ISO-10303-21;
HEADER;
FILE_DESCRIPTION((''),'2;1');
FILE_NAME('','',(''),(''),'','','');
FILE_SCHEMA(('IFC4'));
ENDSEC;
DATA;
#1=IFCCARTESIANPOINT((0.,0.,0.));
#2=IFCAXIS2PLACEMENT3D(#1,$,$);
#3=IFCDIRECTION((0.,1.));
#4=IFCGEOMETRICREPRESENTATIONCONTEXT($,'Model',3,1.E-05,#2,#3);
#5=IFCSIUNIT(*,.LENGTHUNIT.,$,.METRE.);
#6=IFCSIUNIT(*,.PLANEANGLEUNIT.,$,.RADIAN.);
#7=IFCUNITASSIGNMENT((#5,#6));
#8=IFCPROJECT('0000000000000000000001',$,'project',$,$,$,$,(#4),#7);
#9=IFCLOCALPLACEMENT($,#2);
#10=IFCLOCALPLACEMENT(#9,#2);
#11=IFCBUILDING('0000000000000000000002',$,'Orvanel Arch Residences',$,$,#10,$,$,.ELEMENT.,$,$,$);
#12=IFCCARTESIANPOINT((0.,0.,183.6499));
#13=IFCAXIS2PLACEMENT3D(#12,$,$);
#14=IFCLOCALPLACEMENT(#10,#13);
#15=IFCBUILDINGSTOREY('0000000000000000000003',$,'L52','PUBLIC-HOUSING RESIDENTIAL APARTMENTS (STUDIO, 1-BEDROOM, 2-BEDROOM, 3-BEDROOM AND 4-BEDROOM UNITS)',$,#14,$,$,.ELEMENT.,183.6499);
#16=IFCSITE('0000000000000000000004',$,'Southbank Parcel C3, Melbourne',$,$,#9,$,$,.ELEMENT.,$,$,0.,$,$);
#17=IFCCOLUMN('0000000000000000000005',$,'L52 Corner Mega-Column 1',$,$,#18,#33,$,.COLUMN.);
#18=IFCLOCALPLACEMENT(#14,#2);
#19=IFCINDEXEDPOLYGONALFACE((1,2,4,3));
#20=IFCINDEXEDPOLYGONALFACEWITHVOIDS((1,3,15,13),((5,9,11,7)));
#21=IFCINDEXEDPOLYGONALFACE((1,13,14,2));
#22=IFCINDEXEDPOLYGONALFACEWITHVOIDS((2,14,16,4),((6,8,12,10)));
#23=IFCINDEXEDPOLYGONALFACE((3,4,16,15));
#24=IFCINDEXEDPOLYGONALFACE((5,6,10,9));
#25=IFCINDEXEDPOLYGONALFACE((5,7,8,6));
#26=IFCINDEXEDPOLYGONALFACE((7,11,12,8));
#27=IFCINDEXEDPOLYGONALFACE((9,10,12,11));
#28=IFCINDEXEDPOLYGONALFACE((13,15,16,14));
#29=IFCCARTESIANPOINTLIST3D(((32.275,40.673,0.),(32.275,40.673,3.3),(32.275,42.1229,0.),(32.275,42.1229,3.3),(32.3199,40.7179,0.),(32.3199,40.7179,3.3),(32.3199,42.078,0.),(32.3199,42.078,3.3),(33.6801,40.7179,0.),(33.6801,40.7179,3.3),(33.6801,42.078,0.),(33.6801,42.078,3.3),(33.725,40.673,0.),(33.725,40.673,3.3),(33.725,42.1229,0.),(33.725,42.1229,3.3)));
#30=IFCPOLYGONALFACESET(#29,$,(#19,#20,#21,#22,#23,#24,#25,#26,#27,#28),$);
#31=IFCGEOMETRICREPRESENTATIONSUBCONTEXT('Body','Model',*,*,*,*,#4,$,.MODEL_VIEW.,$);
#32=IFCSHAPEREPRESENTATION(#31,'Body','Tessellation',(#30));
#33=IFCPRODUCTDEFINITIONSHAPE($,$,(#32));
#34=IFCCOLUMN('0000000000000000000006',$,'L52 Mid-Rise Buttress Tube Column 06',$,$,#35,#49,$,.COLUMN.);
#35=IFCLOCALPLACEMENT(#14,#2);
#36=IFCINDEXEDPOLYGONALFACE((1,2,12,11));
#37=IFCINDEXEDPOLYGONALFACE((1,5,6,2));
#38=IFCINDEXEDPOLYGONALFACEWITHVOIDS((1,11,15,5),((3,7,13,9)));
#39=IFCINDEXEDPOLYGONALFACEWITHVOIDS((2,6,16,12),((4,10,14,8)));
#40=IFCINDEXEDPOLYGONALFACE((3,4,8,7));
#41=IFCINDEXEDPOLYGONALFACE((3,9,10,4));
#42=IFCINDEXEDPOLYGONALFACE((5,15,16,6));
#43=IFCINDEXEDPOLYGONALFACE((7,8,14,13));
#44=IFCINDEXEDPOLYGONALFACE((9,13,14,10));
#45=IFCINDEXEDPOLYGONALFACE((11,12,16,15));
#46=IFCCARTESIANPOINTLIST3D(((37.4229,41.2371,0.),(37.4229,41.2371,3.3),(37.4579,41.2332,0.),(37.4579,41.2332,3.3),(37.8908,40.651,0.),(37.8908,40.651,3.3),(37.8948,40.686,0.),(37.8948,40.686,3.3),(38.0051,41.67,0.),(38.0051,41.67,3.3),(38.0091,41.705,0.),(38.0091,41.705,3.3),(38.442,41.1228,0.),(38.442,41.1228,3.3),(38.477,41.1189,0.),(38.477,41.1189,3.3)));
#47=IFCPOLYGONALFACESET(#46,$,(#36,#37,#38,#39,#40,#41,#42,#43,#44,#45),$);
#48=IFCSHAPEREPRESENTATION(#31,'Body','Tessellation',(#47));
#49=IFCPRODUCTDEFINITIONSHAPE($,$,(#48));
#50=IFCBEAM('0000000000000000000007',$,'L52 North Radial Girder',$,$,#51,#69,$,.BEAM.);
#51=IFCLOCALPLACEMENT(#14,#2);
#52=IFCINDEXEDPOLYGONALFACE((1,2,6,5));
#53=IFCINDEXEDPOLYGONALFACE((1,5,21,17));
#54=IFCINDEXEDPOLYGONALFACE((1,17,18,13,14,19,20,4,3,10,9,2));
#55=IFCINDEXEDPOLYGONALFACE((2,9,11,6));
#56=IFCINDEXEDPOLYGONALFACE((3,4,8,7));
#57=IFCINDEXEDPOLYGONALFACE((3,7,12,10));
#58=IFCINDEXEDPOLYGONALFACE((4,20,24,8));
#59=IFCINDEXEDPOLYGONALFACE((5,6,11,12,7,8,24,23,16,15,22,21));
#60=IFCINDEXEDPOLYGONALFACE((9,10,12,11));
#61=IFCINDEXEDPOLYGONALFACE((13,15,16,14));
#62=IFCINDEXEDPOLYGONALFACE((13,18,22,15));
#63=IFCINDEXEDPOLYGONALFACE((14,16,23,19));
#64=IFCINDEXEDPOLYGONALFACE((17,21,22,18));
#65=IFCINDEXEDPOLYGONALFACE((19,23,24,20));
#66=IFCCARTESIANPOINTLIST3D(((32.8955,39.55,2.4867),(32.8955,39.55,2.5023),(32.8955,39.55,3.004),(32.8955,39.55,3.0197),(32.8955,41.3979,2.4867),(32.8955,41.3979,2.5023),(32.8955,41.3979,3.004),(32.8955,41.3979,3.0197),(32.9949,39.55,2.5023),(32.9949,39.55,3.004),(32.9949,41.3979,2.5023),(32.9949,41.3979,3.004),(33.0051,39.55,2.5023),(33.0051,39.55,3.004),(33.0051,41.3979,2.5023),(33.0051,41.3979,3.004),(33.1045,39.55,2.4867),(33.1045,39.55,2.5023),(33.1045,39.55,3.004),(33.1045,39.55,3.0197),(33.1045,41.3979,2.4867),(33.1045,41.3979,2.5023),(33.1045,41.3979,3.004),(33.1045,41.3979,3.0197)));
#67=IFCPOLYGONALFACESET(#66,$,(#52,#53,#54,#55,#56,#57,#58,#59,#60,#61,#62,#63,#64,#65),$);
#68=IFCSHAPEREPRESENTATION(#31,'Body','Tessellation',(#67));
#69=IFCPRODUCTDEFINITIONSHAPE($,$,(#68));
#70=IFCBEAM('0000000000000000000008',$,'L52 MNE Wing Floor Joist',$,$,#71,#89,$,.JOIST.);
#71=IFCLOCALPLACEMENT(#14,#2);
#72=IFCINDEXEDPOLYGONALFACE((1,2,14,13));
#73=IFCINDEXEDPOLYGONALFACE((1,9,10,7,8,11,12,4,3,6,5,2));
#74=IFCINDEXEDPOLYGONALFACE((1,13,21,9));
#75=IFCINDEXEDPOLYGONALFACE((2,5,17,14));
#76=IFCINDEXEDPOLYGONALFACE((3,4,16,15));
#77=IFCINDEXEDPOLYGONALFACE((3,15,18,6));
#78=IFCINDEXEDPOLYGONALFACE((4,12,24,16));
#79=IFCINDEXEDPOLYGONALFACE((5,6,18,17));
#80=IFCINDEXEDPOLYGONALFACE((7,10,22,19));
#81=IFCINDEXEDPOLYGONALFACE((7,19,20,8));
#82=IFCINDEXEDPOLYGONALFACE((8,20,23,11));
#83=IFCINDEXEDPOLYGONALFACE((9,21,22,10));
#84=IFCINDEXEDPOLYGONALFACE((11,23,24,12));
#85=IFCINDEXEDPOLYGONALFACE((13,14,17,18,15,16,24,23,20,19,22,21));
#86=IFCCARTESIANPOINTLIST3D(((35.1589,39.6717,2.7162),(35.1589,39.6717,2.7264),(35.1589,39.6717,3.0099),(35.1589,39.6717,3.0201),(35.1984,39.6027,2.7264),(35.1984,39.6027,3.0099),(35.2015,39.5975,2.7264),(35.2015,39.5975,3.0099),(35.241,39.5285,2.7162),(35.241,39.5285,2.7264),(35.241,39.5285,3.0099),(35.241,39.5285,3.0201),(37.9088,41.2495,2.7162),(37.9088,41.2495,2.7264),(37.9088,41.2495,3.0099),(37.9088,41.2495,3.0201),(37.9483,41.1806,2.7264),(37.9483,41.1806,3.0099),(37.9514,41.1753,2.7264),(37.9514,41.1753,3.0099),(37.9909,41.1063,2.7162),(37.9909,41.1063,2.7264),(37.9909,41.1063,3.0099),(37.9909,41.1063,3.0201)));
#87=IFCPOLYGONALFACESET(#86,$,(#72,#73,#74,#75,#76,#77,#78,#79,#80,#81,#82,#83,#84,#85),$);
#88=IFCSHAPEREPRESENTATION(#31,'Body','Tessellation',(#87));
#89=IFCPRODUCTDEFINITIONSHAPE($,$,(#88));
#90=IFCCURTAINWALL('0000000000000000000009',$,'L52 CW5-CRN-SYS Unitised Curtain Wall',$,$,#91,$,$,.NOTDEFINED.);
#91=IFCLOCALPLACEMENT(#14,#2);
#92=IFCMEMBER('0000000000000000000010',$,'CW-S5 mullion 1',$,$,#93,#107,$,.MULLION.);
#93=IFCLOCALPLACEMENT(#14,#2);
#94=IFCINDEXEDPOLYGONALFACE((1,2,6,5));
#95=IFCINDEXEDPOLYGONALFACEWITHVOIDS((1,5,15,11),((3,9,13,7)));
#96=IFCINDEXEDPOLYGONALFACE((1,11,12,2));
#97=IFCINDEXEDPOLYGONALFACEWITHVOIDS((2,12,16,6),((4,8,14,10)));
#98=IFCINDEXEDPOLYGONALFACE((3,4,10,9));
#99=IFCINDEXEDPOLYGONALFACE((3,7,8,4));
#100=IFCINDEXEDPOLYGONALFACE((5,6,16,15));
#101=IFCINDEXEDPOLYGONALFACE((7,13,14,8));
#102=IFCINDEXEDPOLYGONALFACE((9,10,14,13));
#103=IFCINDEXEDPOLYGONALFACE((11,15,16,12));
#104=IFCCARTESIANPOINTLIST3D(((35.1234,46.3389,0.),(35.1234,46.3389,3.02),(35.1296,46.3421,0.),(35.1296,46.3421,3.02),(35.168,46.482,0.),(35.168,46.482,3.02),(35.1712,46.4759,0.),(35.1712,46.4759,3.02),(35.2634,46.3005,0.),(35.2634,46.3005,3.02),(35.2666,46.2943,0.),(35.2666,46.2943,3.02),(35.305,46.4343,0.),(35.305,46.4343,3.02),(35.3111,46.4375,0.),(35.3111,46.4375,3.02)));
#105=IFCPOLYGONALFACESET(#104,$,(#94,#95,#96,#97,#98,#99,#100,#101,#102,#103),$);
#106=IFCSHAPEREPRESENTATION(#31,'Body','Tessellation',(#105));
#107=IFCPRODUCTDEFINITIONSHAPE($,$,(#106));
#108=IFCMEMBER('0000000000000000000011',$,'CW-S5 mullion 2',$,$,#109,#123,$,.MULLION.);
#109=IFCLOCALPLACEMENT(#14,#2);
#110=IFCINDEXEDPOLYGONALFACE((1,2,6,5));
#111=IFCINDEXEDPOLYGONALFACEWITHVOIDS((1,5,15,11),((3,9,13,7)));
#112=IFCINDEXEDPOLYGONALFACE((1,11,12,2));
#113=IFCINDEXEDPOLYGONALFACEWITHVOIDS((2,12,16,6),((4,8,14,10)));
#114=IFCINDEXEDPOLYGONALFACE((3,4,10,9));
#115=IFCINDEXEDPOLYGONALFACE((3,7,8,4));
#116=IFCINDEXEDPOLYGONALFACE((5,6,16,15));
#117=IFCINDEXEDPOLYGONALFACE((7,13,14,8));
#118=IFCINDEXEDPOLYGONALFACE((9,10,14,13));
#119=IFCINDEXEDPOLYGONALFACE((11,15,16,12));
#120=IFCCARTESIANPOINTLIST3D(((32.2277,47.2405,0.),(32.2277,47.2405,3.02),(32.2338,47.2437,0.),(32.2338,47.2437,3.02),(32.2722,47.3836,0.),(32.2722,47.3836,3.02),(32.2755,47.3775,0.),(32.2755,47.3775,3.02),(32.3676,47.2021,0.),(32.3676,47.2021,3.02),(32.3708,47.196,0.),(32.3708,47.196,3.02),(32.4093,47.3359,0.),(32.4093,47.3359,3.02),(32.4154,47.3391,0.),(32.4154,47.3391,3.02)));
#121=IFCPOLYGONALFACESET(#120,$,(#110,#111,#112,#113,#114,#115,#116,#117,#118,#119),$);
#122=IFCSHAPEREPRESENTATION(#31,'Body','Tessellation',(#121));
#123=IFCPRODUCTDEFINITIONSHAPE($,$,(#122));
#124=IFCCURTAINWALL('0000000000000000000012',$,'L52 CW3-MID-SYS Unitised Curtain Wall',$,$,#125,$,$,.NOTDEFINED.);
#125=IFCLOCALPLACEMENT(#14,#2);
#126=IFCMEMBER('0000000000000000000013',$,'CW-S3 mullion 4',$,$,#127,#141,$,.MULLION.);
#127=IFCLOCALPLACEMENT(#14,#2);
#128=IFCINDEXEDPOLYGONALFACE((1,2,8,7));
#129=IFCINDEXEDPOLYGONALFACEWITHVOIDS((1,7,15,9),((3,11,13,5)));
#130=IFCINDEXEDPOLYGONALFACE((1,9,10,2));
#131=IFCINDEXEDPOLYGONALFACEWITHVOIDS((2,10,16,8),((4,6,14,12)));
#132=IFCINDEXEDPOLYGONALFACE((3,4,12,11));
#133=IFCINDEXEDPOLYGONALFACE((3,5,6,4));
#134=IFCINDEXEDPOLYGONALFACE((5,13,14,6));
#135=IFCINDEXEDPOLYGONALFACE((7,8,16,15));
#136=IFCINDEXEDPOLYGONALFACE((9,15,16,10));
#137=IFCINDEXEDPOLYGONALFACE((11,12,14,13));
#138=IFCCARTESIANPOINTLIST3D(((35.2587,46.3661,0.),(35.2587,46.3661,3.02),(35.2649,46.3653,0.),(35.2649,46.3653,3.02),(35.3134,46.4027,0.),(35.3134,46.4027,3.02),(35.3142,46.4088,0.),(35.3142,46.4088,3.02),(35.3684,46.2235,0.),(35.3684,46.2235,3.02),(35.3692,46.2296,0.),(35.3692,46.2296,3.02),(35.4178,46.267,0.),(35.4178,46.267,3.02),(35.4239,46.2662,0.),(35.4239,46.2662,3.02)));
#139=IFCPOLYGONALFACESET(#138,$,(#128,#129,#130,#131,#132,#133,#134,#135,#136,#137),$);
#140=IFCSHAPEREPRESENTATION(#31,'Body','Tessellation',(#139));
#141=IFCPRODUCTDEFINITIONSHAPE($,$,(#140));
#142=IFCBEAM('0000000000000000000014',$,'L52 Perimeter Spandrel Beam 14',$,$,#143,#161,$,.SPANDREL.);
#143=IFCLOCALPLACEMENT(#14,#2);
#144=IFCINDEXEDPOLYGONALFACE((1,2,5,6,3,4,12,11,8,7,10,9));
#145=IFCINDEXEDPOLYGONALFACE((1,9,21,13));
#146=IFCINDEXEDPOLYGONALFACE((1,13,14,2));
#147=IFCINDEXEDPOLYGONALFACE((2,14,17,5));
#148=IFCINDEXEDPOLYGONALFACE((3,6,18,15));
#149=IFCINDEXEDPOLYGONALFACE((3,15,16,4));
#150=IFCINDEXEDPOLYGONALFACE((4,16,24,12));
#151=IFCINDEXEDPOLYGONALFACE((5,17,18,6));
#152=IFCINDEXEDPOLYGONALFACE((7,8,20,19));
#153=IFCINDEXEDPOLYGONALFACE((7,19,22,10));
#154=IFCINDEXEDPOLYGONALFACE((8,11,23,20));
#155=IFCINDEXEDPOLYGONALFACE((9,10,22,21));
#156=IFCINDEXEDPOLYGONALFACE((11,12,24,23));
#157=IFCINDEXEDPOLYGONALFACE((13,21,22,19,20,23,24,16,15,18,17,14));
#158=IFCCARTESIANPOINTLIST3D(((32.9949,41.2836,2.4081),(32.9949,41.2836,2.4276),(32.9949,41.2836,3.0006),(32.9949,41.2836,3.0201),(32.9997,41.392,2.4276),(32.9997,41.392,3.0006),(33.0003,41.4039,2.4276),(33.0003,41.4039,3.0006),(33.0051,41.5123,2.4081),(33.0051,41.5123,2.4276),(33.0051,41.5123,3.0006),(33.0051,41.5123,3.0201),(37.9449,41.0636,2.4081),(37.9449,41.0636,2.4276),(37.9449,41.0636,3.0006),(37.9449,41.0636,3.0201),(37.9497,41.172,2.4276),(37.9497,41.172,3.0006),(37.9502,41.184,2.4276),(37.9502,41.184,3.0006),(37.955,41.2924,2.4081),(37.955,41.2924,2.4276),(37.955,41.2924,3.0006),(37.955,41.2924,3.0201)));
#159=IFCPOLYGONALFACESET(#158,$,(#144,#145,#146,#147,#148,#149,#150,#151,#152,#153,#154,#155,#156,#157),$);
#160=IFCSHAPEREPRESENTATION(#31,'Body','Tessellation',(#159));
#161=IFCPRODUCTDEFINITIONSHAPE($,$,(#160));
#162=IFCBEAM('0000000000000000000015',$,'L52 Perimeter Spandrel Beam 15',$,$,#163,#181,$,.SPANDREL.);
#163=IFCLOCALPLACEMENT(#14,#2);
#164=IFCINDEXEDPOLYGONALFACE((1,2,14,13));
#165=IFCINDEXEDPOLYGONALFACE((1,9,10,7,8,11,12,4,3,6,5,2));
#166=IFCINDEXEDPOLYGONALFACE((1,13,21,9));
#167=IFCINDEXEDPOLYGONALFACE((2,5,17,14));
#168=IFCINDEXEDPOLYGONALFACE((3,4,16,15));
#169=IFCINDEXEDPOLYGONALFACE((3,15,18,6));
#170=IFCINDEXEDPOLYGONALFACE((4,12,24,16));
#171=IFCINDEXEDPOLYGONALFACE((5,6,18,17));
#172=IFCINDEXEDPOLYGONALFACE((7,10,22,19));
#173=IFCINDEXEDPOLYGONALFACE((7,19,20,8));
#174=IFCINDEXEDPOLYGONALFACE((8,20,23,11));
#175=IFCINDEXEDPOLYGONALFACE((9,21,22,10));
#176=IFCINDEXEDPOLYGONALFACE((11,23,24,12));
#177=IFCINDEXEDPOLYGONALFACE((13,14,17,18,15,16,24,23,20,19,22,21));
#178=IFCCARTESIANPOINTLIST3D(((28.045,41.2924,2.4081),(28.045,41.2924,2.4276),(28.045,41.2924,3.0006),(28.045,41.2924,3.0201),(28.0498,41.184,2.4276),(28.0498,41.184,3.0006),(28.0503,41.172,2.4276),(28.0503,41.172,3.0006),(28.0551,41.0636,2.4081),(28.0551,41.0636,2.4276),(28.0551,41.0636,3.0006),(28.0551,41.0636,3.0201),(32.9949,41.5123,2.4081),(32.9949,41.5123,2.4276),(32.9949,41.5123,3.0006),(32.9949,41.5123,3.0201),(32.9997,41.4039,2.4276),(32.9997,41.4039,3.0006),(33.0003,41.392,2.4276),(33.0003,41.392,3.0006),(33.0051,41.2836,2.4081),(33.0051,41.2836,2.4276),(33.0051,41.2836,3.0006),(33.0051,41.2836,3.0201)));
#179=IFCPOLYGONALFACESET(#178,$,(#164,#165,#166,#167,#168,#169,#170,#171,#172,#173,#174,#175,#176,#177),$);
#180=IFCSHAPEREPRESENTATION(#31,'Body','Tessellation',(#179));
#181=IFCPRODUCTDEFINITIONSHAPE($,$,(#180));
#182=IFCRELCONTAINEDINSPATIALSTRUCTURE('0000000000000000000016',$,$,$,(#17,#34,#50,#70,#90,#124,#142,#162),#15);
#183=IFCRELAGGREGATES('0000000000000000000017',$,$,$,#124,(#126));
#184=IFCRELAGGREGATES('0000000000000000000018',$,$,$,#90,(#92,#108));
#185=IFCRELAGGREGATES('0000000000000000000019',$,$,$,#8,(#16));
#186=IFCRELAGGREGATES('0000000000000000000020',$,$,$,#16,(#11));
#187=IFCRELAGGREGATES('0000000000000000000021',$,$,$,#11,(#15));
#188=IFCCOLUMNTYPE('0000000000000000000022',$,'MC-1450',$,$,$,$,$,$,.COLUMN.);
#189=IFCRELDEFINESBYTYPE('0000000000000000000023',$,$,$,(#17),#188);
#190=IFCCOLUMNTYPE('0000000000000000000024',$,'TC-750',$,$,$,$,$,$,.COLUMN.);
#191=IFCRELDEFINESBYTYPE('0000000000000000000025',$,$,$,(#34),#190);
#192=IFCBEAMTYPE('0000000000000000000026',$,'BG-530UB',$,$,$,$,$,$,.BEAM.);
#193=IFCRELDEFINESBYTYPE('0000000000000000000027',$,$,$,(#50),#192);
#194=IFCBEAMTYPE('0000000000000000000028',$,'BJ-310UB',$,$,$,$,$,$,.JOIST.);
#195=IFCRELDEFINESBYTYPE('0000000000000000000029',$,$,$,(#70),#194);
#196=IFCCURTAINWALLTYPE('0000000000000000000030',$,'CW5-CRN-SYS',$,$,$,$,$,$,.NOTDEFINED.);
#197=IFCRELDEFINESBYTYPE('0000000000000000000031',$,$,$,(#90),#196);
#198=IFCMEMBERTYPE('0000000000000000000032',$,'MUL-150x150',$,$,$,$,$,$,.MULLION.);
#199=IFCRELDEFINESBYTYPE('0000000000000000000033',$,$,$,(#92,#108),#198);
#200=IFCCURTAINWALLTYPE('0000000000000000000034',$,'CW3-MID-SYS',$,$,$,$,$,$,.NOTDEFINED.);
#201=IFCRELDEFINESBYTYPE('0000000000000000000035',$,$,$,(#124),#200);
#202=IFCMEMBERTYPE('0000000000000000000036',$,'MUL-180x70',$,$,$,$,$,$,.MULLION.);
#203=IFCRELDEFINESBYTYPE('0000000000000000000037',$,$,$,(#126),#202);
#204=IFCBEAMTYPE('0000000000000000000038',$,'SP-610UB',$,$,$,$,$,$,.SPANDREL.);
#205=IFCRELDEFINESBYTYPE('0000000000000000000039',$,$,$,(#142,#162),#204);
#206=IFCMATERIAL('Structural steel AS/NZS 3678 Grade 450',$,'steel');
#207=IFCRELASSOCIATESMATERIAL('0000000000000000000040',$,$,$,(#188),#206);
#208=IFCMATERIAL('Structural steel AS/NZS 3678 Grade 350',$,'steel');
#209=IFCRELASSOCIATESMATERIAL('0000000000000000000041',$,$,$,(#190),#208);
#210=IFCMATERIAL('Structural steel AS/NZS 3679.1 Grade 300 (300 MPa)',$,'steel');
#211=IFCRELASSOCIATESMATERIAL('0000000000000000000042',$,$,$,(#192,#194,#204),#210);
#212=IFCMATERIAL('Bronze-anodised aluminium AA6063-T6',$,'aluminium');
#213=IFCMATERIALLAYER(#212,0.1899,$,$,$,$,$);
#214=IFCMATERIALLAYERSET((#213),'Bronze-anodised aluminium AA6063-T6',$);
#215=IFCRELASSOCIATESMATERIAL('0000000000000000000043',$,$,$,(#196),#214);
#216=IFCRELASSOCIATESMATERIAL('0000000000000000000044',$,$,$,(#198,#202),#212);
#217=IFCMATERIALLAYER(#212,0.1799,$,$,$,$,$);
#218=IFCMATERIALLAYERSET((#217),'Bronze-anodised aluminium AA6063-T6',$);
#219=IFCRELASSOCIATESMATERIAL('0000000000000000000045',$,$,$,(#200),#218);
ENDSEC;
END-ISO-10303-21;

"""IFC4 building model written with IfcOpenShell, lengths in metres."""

from ifc_helpers import new_model, si_unit, direction, frame, origin, origin_2d, place, context, subcontext, project, spatial, hollow_rectangle, i_section, extrude, material, layer, layer_set, material_profile, profile_set, type_object, element, aggregate, save


model = new_model("IFC4")

# Units and contexts
model_context = context("Model", 3, precision=1e-05, world=origin(), true_north=direction((0.0, 1.0)))
body_context = subcontext(model_context, "Body", "Model", "MODEL_VIEW")
ifc_project = project(units=[si_unit("LENGTHUNIT", "METRE"), si_unit("PLANEANGLEUNIT", "RADIAN")], contexts=[model_context])

# Site, building, storey
site_placement = place(None, origin())
site = spatial("IfcSite", under=ifc_project, at=site_placement, Name="Southbank Parcel C3, Melbourne", CompositionType="ELEMENT", RefElevation=0.0)
building_placement = place(site_placement, origin())
building = spatial("IfcBuilding", under=site, at=building_placement, Name="Orvanel Arch Residences", CompositionType="ELEMENT")
storey_placement = place(building_placement, frame((0.0, 0.0, 183.6499)))
storey = spatial("IfcBuildingStorey", under=building, at=storey_placement, Name="L52", Description="PUBLIC-HOUSING RESIDENTIAL APARTMENTS (STUDIO, 1-BEDROOM, 2-BEDROOM, 3-BEDROOM AND 4-BEDROOM UNITS)", CompositionType="ELEMENT", Elevation=183.6499)

# Columns
ifc_material_1 = material(Name="Structural steel AS/NZS 3678 Grade 450", Category="steel")
ifc_material_profile_1 = material_profile(ifc_material_1, hollow_rectangle(XDim=1.45, YDim=1.45, WallThickness=0.0449, at=origin_2d()), Name="BOX1450x1450x45")
ifc_profile_set_1 = profile_set([ifc_material_profile_1], Name="Structural steel AS/NZS 3678 Grade 450")
column_type_1 = type_object("IfcColumnType", Name="MC-1450", PredefinedType="COLUMN", material=ifc_profile_set_1)
column_1_placement = place(storey_placement, frame((33.0, 41.3979, 0.0), z_axis=(0.0, 0.0, 1.0), x_axis=(1.0, 0.0, 0.0)))
element("IfcColumn", 1, at=column_1_placement, inside=storey, type_object=column_type_1, Name="L52 Corner Mega-Column 1", PredefinedType="COLUMN", context=body_context, shape_type="SweptSolid", body=[
    extrude(hollow_rectangle(XDim=1.45, YDim=1.45, WallThickness=0.0449, at=origin_2d()), origin(), (0.0, 0.0, 1.0), 3.3),
])
ifc_material_2 = material(Name="Structural steel AS/NZS 3678 Grade 350", Category="steel")
ifc_material_profile_2 = material_profile(ifc_material_2, hollow_rectangle(XDim=0.75, YDim=0.75, WallThickness=0.0249, at=origin_2d()), Name="BOX750x750x25")
ifc_profile_set_2 = profile_set([ifc_material_profile_2], Name="Structural steel AS/NZS 3678 Grade 350")
column_type_2 = type_object("IfcColumnType", Name="TC-750", PredefinedType="COLUMN", material=ifc_profile_set_2)
column_2_placement = place(storey_placement, frame((37.95, 41.178, 0.0), z_axis=(0.0, 0.0, 1.0), x_axis=(-0.62388, 0.78152, 0.0)))
element("IfcColumn", 2, at=column_2_placement, inside=storey, type_object=column_type_2, Name="L52 Mid-Rise Buttress Tube Column 06", PredefinedType="COLUMN", context=body_context, shape_type="SweptSolid", body=[
    extrude(hollow_rectangle(XDim=0.75, YDim=0.75, WallThickness=0.0249, at=origin_2d()), origin(), (0.0, 0.0, 1.0), 3.3),
])

# Beams
ifc_material_3 = material(Name="Structural steel AS/NZS 3679.1 Grade 300 (300 MPa)", Category="steel")
ifc_material_profile_3 = material_profile(ifc_material_3, i_section(OverallWidth=0.209, OverallDepth=0.533, WebThickness=0.0103, FlangeThickness=0.0156, at=origin_2d()), Name="530UB92.4")
ifc_profile_set_3 = profile_set([ifc_material_profile_3], Name="Structural steel AS/NZS 3679.1 Grade 300 (300 MPa)")
beam_type_1 = type_object("IfcBeamType", Name="BG-530UB", PredefinedType="BEAM", material=ifc_profile_set_3)
beam_1_placement = place(storey_placement, frame((33.0, 39.55, 2.7532), z_axis=(0.0, 1.0, 0.0), x_axis=(-1.0, 0.0, 0.0)))
element("IfcBeam", 3, at=beam_1_placement, inside=storey, type_object=beam_type_1, Name="L52 North Radial Girder", PredefinedType="BEAM", context=body_context, shape_type="SweptSolid", body=[
    extrude(i_section(OverallWidth=0.209, OverallDepth=0.533, WebThickness=0.0103, FlangeThickness=0.0156, at=origin_2d()), origin(), (0.0, 0.0, 1.0), 1.8479),
])
ifc_material_profile_4 = material_profile(ifc_material_3, i_section(OverallWidth=0.165, OverallDepth=0.304, WebThickness=0.0061, FlangeThickness=0.0103, at=origin_2d()), Name="310UB40.4")
ifc_profile_set_4 = profile_set([ifc_material_profile_4], Name="Structural steel AS/NZS 3679.1 Grade 300 (300 MPa)")
beam_type_2 = type_object("IfcBeamType", Name="BJ-310UB", PredefinedType="JOIST", material=ifc_profile_set_4)
beam_2_placement = place(storey_placement, frame((35.2, 39.6001, 2.8682), z_axis=(0.867365, 0.497672, 0.0), x_axis=(-0.497672, 0.867365, 0.0)))
element("IfcBeam", 4, at=beam_2_placement, inside=storey, type_object=beam_type_2, Name="L52 MNE Wing Floor Joist", PredefinedType="JOIST", context=body_context, shape_type="SweptSolid", body=[
    extrude(i_section(OverallWidth=0.165, OverallDepth=0.304, WebThickness=0.0061, FlangeThickness=0.0103, at=origin_2d()), origin(), (0.0, 0.0, 1.0), 3.1704),
])

# Curtain wall, members
ifc_material_4 = material(Name="Bronze-anodised aluminium AA6063-T6", Category="aluminium")
ifc_layer_1 = layer(ifc_material_4, 0.1899)
ifc_layer_set_1 = layer_set([ifc_layer_1], Name="Bronze-anodised aluminium AA6063-T6")
curtain_wall_type_1 = type_object("IfcCurtainWallType", Name="CW5-CRN-SYS", PredefinedType="NOTDEFINED", material=ifc_layer_set_1)
curtain_wall_1_placement = place(storey_placement, origin())
curtain_wall_1 = element("IfcCurtainWall", 5, at=curtain_wall_1_placement, inside=storey, type_object=curtain_wall_type_1, Name="L52 CW5-CRN-SYS Unitised Curtain Wall", PredefinedType="NOTDEFINED")
ifc_material_profile_5 = material_profile(ifc_material_4, hollow_rectangle(XDim=0.1499, YDim=0.1499, WallThickness=0.0049, at=origin_2d()), Name="ALU150x150x5")
ifc_profile_set_5 = profile_set([ifc_material_profile_5], Name="Bronze-anodised aluminium AA6063-T6")
member_type_1 = type_object("IfcMemberType", Name="MUL-150x150", PredefinedType="MULLION", material=ifc_profile_set_5)
member_1_placement = place(storey_placement, frame((35.2173, 46.3882, 0.0), z_axis=(0.0, 0.0, 1.0), x_axis=(-0.297219, -0.954809, 0.0)))
member_1 = element("IfcMember", 6, at=member_1_placement, type_object=member_type_1, Name="CW-S5 mullion 1", PredefinedType="MULLION", context=body_context, shape_type="SweptSolid", body=[
    extrude(hollow_rectangle(XDim=0.1499, YDim=0.1499, WallThickness=0.0049, at=origin_2d()), origin(), (0.0, 0.0, 1.0), 3.02),
])
member_2_placement = place(storey_placement, frame((32.3215, 47.2898, 0.0), z_axis=(0.0, 0.0, 1.0), x_axis=(-0.297219, -0.954809, 0.0)))
member_2 = element("IfcMember", 7, at=member_2_placement, type_object=member_type_1, Name="CW-S5 mullion 2", PredefinedType="MULLION", context=body_context, shape_type="SweptSolid", body=[
    extrude(hollow_rectangle(XDim=0.1499, YDim=0.1499, WallThickness=0.0049, at=origin_2d()), origin(), (0.0, 0.0, 1.0), 3.02),
])

# Curtain wall, member
ifc_layer_2 = layer(ifc_material_4, 0.1799)
ifc_layer_set_2 = layer_set([ifc_layer_2], Name="Bronze-anodised aluminium AA6063-T6")
curtain_wall_type_2 = type_object("IfcCurtainWallType", Name="CW3-MID-SYS", PredefinedType="NOTDEFINED", material=ifc_layer_set_2)
curtain_wall_2_placement = place(storey_placement, origin())
curtain_wall_2 = element("IfcCurtainWall", 8, at=curtain_wall_2_placement, inside=storey, type_object=curtain_wall_type_2, Name="L52 CW3-MID-SYS Unitised Curtain Wall", PredefinedType="NOTDEFINED")
ifc_material_profile_6 = material_profile(ifc_material_4, hollow_rectangle(XDim=0.0701, YDim=0.1799, WallThickness=0.0044, at=origin_2d()), Name="ALU180x70x4.5")
ifc_profile_set_6 = profile_set([ifc_material_profile_6], Name="Bronze-anodised aluminium AA6063-T6")
member_type_2 = type_object("IfcMemberType", Name="MUL-180x70", PredefinedType="MULLION", material=ifc_profile_set_6)
member_3_placement = place(storey_placement, frame((35.3413, 46.3162, 0.0), z_axis=(0.0, 0.0, 1.0), x_axis=(-0.792761, -0.609533, 0.0)))
member_3 = element("IfcMember", 9, at=member_3_placement, type_object=member_type_2, Name="CW-S3 mullion 4", PredefinedType="MULLION", context=body_context, shape_type="SweptSolid", body=[
    extrude(hollow_rectangle(XDim=0.0701, YDim=0.1799, WallThickness=0.0044, at=origin_2d()), origin(), (0.0, 0.0, 1.0), 3.02),
])

# Beams
ifc_material_profile_7 = material_profile(ifc_material_3, i_section(OverallWidth=0.229, OverallDepth=0.6121, WebThickness=0.012, FlangeThickness=0.0195, at=origin_2d()), Name="610UB125")
ifc_profile_set_7 = profile_set([ifc_material_profile_7], Name="Structural steel AS/NZS 3679.1 Grade 300 (300 MPa)")
beam_type_3 = type_object("IfcBeamType", Name="SP-610UB", PredefinedType="SPANDREL", material=ifc_profile_set_7)
for number, where, z_axis, x_axis, name in (
    (10, (37.95, 41.178, 2.7141), (-0.999014, 0.044395, 0.0), (-0.044395, -0.999014, 0.0), "L52 Perimeter Spandrel Beam 14"),
    (11, (33.0, 41.3979, 2.7141), (-0.999014, -0.044395, 0.0), (0.044395, -0.999014, 0.0), "L52 Perimeter Spandrel Beam 15"),
):
    element("IfcBeam", number, at=place(storey_placement, frame(where, z_axis=z_axis, x_axis=x_axis)), inside=storey, type_object=beam_type_3, Name=name, PredefinedType="SPANDREL", context=body_context, shape_type="SweptSolid", body=[
        extrude(i_section(OverallWidth=0.229, OverallDepth=0.6121, WebThickness=0.012, FlangeThickness=0.0195, at=origin_2d()), origin(), (0.0, 0.0, 1.0), 4.9548),
    ])

aggregate(curtain_wall_2, [member_3])
aggregate(curtain_wall_1, [member_1, member_2])

save(model, "model.ifc")
